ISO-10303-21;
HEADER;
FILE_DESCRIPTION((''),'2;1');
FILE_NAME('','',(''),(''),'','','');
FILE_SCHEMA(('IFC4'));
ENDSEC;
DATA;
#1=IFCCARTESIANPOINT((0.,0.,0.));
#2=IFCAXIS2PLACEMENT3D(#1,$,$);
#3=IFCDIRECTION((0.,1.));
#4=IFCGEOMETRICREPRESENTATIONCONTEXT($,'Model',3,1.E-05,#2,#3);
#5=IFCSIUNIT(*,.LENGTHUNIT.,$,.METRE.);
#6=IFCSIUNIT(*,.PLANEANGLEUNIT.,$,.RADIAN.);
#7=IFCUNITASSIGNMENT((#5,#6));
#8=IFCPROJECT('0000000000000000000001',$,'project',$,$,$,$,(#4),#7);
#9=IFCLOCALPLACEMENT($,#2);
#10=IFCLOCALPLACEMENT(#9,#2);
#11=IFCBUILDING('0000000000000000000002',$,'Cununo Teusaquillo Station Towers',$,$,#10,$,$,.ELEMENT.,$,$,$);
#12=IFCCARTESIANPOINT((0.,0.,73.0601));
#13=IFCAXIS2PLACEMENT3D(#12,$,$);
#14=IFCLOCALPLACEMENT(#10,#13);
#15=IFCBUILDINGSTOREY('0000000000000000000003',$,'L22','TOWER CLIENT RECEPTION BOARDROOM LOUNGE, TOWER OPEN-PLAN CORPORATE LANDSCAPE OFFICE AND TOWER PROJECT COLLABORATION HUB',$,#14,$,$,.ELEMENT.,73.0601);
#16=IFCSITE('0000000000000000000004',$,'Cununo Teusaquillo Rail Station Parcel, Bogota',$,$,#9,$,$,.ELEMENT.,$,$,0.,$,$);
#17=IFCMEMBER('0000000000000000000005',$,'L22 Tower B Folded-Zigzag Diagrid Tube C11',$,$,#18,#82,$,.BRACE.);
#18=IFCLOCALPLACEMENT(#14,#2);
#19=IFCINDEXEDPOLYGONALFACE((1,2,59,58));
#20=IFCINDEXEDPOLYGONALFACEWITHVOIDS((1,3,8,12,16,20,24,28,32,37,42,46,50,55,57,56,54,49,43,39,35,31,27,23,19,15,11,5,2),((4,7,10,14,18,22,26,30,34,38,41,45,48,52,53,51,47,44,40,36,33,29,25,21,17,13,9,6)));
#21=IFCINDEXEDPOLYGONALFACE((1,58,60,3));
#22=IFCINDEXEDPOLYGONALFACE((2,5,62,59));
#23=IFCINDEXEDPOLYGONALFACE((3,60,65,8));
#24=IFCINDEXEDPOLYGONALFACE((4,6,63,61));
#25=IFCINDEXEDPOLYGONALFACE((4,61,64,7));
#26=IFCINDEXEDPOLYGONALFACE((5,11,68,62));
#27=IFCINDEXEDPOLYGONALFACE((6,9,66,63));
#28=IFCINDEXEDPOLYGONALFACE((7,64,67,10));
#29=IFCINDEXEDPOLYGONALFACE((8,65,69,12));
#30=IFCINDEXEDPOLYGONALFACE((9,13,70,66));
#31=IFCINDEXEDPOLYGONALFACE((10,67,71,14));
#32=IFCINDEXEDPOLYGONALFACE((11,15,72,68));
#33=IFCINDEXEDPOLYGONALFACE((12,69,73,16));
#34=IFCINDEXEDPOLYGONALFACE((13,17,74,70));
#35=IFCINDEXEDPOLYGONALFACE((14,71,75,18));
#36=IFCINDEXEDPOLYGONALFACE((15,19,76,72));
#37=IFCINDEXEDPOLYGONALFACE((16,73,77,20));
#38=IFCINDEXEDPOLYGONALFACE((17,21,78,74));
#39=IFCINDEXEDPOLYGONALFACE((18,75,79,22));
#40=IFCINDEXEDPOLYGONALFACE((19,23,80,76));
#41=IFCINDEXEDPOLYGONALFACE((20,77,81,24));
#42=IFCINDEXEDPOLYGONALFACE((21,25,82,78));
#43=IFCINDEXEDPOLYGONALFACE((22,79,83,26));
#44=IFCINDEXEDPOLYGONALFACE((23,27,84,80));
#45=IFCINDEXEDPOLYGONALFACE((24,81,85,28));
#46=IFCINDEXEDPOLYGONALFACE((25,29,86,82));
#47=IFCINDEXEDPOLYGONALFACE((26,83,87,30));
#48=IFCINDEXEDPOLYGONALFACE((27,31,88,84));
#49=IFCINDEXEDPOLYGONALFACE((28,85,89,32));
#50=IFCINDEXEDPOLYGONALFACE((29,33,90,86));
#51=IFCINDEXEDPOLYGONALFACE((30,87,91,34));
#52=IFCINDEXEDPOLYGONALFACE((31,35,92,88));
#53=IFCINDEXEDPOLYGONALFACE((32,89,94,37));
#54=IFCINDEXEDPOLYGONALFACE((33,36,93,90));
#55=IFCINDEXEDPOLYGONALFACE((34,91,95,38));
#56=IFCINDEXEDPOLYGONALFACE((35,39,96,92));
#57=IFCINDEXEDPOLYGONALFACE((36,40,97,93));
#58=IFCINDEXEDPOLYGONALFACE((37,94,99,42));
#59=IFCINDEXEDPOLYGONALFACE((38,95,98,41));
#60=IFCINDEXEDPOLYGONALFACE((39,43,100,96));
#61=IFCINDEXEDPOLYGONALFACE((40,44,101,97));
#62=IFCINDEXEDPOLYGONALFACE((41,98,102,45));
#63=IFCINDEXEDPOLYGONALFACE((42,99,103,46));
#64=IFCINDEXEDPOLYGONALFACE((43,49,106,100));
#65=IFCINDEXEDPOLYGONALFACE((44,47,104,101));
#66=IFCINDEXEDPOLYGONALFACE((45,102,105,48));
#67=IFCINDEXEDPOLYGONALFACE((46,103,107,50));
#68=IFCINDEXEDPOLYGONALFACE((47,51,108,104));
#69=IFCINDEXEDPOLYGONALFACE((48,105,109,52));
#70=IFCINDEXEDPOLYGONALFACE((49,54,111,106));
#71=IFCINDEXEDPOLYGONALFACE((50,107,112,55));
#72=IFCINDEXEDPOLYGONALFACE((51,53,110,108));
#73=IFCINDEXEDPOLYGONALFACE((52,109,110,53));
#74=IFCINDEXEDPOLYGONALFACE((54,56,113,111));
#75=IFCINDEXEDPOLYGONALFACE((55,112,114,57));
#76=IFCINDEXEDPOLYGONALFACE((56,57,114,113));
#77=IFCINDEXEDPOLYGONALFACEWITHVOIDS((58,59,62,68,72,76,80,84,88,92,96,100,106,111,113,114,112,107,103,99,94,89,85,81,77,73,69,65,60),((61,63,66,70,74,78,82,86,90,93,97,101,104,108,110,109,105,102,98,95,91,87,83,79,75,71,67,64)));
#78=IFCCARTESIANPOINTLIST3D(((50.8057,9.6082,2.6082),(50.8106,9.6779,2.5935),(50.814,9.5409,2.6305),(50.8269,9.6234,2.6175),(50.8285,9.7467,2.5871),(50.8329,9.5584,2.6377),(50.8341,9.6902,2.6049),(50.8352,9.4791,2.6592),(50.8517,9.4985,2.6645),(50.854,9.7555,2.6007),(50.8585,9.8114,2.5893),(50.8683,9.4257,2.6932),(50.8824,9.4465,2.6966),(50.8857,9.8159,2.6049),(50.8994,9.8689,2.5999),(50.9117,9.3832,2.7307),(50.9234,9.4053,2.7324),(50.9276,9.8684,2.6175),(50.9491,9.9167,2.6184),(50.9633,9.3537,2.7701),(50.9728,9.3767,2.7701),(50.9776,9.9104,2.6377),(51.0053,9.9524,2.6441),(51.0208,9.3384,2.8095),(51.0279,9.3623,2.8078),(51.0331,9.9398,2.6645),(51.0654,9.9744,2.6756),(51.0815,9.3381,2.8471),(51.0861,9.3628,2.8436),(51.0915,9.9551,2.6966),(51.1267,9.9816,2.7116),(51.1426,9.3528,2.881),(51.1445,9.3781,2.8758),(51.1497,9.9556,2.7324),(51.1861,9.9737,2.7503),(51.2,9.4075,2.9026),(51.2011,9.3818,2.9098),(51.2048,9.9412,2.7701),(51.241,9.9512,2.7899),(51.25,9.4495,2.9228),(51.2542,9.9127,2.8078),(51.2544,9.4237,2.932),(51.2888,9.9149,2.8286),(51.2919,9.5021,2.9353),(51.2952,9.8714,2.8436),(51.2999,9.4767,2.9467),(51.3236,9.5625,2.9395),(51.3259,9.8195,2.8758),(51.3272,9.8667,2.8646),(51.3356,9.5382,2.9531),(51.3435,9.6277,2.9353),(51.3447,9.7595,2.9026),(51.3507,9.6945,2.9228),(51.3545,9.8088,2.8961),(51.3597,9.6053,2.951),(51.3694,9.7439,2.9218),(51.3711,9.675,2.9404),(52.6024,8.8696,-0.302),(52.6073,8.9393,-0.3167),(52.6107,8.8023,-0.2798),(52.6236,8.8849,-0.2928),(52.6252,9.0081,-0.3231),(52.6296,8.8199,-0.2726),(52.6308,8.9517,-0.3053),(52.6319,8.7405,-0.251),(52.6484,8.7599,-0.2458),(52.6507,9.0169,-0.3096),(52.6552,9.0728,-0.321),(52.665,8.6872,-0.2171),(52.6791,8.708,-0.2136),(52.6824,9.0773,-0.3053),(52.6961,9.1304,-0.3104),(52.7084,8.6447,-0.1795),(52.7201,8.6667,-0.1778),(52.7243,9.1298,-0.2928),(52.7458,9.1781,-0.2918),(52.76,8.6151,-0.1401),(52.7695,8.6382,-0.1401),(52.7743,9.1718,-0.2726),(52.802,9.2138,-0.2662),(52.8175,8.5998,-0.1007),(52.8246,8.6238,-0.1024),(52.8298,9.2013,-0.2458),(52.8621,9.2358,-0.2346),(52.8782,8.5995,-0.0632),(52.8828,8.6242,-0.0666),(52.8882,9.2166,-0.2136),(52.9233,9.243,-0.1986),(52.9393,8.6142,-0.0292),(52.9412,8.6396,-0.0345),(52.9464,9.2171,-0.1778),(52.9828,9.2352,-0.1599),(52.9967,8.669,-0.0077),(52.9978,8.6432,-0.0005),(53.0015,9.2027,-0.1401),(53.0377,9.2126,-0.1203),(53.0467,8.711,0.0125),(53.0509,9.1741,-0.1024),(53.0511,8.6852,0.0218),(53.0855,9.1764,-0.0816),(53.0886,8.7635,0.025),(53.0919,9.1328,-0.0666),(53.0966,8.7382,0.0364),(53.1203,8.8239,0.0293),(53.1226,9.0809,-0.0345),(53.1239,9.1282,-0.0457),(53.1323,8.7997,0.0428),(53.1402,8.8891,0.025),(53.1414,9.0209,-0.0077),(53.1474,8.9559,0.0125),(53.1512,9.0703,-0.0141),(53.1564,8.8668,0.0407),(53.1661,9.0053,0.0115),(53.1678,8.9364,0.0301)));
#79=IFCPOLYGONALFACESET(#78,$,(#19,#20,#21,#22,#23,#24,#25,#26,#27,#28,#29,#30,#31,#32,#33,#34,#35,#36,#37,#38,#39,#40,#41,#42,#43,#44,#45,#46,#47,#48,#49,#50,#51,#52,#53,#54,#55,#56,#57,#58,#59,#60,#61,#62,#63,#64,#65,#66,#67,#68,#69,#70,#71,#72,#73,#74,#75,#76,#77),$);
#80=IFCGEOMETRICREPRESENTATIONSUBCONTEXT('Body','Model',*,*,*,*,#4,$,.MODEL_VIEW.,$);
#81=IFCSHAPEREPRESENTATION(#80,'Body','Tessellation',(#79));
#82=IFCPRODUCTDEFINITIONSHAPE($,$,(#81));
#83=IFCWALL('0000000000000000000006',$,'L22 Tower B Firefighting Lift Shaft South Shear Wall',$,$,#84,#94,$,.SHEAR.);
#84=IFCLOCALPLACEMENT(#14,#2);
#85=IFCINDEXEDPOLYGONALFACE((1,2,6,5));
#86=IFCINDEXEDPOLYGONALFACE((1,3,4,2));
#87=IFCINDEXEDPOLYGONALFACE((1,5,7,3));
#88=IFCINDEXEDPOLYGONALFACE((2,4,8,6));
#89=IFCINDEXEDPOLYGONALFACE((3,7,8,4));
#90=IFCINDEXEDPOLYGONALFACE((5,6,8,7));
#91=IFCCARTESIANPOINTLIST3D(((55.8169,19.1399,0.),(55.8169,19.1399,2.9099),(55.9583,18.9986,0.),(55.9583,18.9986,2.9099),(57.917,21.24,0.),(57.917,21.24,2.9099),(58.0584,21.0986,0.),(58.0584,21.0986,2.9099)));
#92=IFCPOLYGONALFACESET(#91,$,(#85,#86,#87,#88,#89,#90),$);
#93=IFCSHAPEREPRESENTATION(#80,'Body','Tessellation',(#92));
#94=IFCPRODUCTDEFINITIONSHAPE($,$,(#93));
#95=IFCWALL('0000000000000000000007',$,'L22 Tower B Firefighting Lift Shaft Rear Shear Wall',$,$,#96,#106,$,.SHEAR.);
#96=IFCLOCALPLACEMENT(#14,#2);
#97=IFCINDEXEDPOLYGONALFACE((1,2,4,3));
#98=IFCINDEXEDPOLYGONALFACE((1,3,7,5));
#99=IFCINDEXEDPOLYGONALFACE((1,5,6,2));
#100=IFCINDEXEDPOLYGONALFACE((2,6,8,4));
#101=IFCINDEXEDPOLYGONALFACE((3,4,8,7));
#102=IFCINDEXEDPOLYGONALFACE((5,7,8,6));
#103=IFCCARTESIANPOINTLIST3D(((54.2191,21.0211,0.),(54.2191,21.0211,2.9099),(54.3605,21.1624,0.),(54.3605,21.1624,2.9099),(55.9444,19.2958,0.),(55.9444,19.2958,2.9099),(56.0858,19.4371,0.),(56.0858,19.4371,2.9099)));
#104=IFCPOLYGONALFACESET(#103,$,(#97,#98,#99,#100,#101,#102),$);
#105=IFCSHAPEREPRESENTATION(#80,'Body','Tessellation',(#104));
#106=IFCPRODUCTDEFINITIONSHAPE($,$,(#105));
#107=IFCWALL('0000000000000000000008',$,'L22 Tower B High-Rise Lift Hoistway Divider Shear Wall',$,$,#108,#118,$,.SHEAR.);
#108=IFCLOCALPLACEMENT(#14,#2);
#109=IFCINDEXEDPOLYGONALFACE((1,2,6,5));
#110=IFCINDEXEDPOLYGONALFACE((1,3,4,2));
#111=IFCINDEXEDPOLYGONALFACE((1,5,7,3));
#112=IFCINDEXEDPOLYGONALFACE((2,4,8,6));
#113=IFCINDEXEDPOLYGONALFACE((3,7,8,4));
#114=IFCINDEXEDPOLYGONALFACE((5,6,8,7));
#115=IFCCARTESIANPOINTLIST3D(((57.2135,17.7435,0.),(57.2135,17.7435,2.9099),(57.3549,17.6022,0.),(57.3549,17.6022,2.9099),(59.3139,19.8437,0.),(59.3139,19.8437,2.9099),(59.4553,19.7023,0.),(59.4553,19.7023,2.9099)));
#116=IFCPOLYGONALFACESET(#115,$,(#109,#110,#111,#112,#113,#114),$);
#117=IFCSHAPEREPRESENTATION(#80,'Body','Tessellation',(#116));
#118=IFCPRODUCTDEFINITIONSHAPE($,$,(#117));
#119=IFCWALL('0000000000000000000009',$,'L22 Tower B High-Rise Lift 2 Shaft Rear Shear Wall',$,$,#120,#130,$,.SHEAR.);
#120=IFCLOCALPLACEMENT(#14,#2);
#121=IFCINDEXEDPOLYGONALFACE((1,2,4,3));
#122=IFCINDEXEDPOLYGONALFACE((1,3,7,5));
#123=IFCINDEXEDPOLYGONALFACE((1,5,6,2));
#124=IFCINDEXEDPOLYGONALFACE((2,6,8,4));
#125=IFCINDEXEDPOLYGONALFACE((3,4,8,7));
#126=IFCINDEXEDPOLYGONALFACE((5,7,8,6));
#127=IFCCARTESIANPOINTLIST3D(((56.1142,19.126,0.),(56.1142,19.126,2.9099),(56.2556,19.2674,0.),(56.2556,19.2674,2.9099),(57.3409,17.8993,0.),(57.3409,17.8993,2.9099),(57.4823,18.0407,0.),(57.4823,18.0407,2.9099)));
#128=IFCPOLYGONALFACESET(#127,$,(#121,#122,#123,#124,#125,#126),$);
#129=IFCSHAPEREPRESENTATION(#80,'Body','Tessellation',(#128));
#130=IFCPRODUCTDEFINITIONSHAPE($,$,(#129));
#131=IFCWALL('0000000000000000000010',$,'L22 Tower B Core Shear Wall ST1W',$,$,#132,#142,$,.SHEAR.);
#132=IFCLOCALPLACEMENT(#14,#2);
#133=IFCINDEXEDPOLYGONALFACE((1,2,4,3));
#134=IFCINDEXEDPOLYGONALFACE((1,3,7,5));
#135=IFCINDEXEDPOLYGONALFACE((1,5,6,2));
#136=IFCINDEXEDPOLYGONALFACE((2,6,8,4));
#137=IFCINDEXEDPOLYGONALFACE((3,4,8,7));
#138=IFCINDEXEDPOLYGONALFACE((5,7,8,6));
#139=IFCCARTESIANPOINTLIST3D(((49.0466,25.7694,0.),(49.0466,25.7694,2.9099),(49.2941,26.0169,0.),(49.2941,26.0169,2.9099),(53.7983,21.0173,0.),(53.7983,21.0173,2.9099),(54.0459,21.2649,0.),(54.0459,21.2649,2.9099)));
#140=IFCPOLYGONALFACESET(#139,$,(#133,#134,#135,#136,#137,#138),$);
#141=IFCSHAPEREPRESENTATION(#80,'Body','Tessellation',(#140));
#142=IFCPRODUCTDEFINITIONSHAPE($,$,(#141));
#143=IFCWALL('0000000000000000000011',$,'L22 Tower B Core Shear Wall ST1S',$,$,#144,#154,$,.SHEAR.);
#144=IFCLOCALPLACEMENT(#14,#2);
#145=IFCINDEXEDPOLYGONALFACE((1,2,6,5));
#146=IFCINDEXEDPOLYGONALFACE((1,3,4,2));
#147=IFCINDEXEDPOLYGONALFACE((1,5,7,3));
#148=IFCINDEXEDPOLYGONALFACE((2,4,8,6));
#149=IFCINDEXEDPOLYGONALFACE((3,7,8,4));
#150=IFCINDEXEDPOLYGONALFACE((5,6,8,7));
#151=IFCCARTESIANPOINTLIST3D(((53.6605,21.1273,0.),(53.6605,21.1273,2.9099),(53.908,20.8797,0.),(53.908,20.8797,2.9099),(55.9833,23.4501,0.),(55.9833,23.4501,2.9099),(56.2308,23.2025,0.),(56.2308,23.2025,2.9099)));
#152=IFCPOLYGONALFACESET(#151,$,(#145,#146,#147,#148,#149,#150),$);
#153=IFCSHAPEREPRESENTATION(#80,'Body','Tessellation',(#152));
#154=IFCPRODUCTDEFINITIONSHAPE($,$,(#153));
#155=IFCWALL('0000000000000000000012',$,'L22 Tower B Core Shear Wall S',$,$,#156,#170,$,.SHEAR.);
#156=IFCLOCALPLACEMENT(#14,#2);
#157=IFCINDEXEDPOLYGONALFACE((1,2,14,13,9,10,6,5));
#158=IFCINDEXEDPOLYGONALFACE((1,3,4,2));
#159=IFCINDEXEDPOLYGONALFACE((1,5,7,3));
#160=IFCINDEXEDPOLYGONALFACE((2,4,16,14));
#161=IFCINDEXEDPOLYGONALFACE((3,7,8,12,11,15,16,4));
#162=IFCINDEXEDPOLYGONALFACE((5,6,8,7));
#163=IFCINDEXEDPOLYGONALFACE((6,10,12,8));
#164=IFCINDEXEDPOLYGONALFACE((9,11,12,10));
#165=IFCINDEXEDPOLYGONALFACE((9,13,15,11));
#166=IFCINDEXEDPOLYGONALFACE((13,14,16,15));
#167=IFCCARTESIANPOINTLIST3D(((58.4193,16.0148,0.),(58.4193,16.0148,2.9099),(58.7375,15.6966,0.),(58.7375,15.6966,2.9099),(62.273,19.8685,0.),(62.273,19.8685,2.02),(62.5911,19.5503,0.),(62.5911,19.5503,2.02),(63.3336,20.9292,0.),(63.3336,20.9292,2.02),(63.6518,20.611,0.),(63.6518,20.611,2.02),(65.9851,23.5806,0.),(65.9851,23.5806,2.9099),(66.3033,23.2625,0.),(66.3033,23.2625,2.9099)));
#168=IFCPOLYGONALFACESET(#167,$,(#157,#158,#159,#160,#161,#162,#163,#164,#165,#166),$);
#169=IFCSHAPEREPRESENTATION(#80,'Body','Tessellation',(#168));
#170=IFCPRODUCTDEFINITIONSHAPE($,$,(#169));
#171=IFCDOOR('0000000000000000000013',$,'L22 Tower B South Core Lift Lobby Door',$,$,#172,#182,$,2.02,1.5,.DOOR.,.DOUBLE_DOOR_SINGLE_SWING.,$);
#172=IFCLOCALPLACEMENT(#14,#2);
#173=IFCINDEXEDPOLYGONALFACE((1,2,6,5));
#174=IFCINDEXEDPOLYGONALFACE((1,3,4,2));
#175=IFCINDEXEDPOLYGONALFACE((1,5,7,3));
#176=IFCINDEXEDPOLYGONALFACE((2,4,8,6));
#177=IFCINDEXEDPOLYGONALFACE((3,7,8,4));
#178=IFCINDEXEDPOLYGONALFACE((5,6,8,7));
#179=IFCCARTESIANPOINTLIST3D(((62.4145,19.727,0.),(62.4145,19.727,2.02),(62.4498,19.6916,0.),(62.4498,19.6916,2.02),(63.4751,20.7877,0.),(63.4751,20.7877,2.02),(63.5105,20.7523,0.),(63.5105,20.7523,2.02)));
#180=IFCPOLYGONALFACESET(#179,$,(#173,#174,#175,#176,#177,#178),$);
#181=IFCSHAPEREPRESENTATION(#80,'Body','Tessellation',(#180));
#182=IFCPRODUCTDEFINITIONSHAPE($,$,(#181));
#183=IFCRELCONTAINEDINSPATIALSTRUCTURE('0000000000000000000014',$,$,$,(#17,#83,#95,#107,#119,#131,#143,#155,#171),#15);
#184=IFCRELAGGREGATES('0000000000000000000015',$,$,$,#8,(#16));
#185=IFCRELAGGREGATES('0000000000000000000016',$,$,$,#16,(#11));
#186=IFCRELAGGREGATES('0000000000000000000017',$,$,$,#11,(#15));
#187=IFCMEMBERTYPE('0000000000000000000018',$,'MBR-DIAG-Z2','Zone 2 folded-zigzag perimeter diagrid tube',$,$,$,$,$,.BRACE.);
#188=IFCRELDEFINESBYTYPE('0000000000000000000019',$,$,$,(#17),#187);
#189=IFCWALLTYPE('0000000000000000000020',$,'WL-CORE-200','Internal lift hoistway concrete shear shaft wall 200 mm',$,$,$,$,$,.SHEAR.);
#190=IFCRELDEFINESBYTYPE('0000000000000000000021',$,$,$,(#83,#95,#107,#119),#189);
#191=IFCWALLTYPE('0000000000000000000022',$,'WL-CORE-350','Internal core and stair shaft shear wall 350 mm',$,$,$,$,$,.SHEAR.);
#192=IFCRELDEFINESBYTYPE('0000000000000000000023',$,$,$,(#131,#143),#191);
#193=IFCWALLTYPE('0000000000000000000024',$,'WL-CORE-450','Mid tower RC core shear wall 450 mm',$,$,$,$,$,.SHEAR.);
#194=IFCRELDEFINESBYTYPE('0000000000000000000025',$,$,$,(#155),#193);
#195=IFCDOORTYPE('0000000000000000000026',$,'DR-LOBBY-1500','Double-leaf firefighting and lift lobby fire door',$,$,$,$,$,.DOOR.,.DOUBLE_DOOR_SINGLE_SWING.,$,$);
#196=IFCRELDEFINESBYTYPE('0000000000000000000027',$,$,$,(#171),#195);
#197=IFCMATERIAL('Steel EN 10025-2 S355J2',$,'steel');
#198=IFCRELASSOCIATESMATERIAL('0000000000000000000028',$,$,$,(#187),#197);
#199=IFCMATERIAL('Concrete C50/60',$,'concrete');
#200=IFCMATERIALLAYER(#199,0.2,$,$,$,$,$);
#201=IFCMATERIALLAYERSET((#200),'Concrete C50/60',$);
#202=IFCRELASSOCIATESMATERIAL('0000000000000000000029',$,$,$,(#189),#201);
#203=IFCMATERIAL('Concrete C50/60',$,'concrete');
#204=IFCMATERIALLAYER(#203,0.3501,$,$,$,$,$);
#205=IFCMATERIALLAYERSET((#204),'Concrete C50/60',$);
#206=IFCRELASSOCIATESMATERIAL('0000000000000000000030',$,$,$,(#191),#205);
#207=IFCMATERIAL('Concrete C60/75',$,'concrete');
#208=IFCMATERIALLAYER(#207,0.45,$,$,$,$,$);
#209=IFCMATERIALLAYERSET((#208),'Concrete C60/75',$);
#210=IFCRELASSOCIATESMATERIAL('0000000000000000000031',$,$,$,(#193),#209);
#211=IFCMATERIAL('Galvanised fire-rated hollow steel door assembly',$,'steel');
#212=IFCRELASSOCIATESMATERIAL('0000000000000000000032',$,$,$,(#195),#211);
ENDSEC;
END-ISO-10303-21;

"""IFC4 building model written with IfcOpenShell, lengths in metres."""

from ifc_helpers import new_model, si_unit, direction, frame, frame_2d, origin, origin_2d, place, context, subcontext, project, spatial, rectangle, hollow_circle, extrude, source, transform, mapped, material, layer, layer_set, material_profile, profile_set, type_object, element, fill, save


model = new_model("IFC4")

# Units and contexts
model_context = context("Model", 3, precision=1e-05, world=origin(), true_north=direction((0.0, 1.0)))
body_context = subcontext(model_context, "Body", "Model", "MODEL_VIEW")
ifc_project = project(units=[si_unit("LENGTHUNIT", "METRE"), si_unit("PLANEANGLEUNIT", "RADIAN")], contexts=[model_context])

# Site, building, storey
site_placement = place(None, origin())
site = spatial("IfcSite", under=ifc_project, at=site_placement, Name="Cununo Teusaquillo Rail Station Parcel, Bogota", CompositionType="ELEMENT", RefElevation=0.0)
building_placement = place(site_placement, origin())
building = spatial("IfcBuilding", under=site, at=building_placement, Name="Cununo Teusaquillo Station Towers", CompositionType="ELEMENT")
storey_placement = place(building_placement, frame((0.0, 0.0, 73.0601)))
storey = spatial("IfcBuildingStorey", under=building, at=storey_placement, Name="L22", Description="TOWER CLIENT RECEPTION BOARDROOM LOUNGE, TOWER OPEN-PLAN CORPORATE LANDSCAPE OFFICE AND TOWER PROJECT COLLABORATION HUB", CompositionType="ELEMENT", Elevation=73.0601)

# Member
ifc_material_1 = material(Name="Steel EN 10025-2 S355J2", Category="steel")
ifc_material_profile_1 = material_profile(ifc_material_1, hollow_circle(Radius=0.3301, WallThickness=0.0249, at=origin_2d()), Name="CHS 660x25")
ifc_profile_set_1 = profile_set([ifc_material_profile_1], Name="Steel EN 10025-2 S355J2")
member_type = type_object("IfcMemberType", Name="MBR-DIAG-Z2", Description="Zone 2 folded-zigzag perimeter diagrid tube", PredefinedType="BRACE", material=ifc_profile_set_1)
member_placement = place(storey_placement, frame((52.8855, 8.9204, -0.1401), z_axis=(-0.513484, 0.211074, 0.831734), x_axis=(-0.380193, -0.924907, 0.0)))
element("IfcMember", 1, at=member_placement, inside=storey, type_object=member_type, Name="L22 Tower B Folded-Zigzag Diagrid Tube C11", PredefinedType="BRACE", context=body_context, shape_type="SweptSolid", body=[
    extrude(hollow_circle(Radius=0.3301, WallThickness=0.0249, at=origin_2d()), origin(), (0.0, 0.0, 1.0), 3.499),
])

# Walls
ifc_material_2 = material(Name="Concrete C50/60", Category="concrete")
ifc_layer_1 = layer(ifc_material_2, 0.2)
ifc_layer_set_1 = layer_set([ifc_layer_1], Name="Concrete C50/60")
wall_type_1 = type_object("IfcWallType", Name="WL-CORE-200", Description="Internal lift hoistway concrete shear shaft wall 200 mm", PredefinedType="SHEAR", material=ifc_layer_set_1)
wall_1_placement = place(storey_placement, frame((55.8877, 19.0693, 0.0), z_axis=(0.0, 0.0, 1.0), x_axis=(0.707107, 0.707107, 0.0)))
element("IfcWall", 2, at=wall_1_placement, inside=storey, type_object=wall_type_1, Name="L22 Tower B Firefighting Lift Shaft South Shear Wall", PredefinedType="SHEAR", context=body_context, shape_type="SweptSolid", body=[
    extrude(rectangle(XDim=2.97, YDim=0.2, at=frame_2d((1.4849, 0.0))), origin(), (0.0, 0.0, 1.0), 2.9099),
])
wall_2_placement = place(storey_placement, frame((56.0151, 19.3665, 0.0), z_axis=(0.0, 0.0, 1.0), x_axis=(-0.707107, 0.707107, 0.0)))
element("IfcWall", 3, at=wall_2_placement, inside=storey, type_object=wall_type_1, Name="L22 Tower B Firefighting Lift Shaft Rear Shear Wall", PredefinedType="SHEAR", context=body_context, shape_type="SweptSolid", body=[
    extrude(rectangle(XDim=2.4399, YDim=0.2, at=frame_2d((1.22, 0.0))), origin(), (0.0, 0.0, 1.0), 2.9099),
])
wall_3_placement = place(storey_placement, frame((57.2842, 17.6729, 0.0), z_axis=(0.0, 0.0, 1.0), x_axis=(0.707148, 0.707066, 0.0)))
element("IfcWall", 4, at=wall_3_placement, inside=storey, type_object=wall_type_1, Name="L22 Tower B High-Rise Lift Hoistway Divider Shear Wall", PredefinedType="SHEAR", context=body_context, shape_type="SweptSolid", body=[
    extrude(rectangle(XDim=2.9702, YDim=0.2, at=frame_2d((1.4851, 0.0))), origin(), (0.0, 0.0, 1.0), 2.9099),
])
wall_4_placement = place(storey_placement, frame((57.4116, 17.97, 0.0), z_axis=(0.0, 0.0, 1.0), x_axis=(-0.707107, 0.707107, 0.0)))
element("IfcWall", 5, at=wall_4_placement, inside=storey, type_object=wall_type_1, Name="L22 Tower B High-Rise Lift 2 Shaft Rear Shear Wall", PredefinedType="SHEAR", context=body_context, shape_type="SweptSolid", body=[
    extrude(rectangle(XDim=1.7349, YDim=0.2, at=frame_2d((0.8674, 0.0))), origin(), (0.0, 0.0, 1.0), 2.9099),
])
ifc_material_3 = material(Name="Concrete C50/60", Category="concrete")
ifc_layer_2 = layer(ifc_material_3, 0.3501)
ifc_layer_set_2 = layer_set([ifc_layer_2], Name="Concrete C50/60")
wall_type_2 = type_object("IfcWallType", Name="WL-CORE-350", Description="Internal core and stair shaft shear wall 350 mm", PredefinedType="SHEAR", material=ifc_layer_set_2)
wall_5_placement = place(storey_placement, frame((53.9221, 21.1411, 0.0), z_axis=(0.0, 0.0, 1.0), x_axis=(-0.707089, 0.707125, 0.0)))
element("IfcWall", 6, at=wall_5_placement, inside=storey, type_object=wall_type_2, Name="L22 Tower B Core Shear Wall ST1W", PredefinedType="SHEAR", context=body_context, shape_type="SweptSolid", body=[
    extrude(rectangle(XDim=6.7202, YDim=0.3501, at=frame_2d((3.3601, 0.0))), origin(), (0.0, 0.0, 1.0), 2.9099),
])
wall_6_placement = place(storey_placement, frame((53.7842, 21.0034, 0.0), z_axis=(0.0, 0.0, 1.0), x_axis=(0.707107, 0.707107, 0.0)))
element("IfcWall", 7, at=wall_6_placement, inside=storey, type_object=wall_type_2, Name="L22 Tower B Core Shear Wall ST1S", PredefinedType="SHEAR", context=body_context, shape_type="SweptSolid", body=[
    extrude(rectangle(XDim=3.2849, YDim=0.3501, at=frame_2d((1.6426, 0.0))), origin(), (0.0, 0.0, 1.0), 2.9099),
])

# Wall, opening, door
ifc_material_4 = material(Name="Concrete C60/75", Category="concrete")
ifc_layer_3 = layer(ifc_material_4, 0.45)
ifc_layer_set_3 = layer_set([ifc_layer_3], Name="Concrete C60/75")
wall_type_3 = type_object("IfcWallType", Name="WL-CORE-450", Description="Mid tower RC core shear wall 450 mm", PredefinedType="SHEAR", material=ifc_layer_set_3)
wall_7_placement = place(storey_placement, frame((58.5784, 15.8557, 0.0), z_axis=(0.0, 0.0, 1.0), x_axis=(0.707107, 0.707107, 0.0)))
wall_7 = element("IfcWall", 8, at=wall_7_placement, inside=storey, type_object=wall_type_3, Name="L22 Tower B Core Shear Wall S", PredefinedType="SHEAR", context=body_context, shape_type="SweptSolid", body=[
    extrude(rectangle(XDim=10.6997, YDim=0.45, at=frame_2d((5.3499, 0.0))), origin(), (0.0, 0.0, 1.0), 2.9099),
])
shared_shape_1 = source(origin(), body_context, "Body", "SweptSolid", [
    extrude(rectangle(XDim=1.5, YDim=2.02, at=frame_2d((0.75, 1.01))), frame((0.0, 0.2349, 0.0), z_axis=(0.0, -1.0, 0.0), x_axis=(1.0, 0.0, 0.0)), (0.0, 0.0, 1.0), 0.47),
])
opening_1_placement = place(wall_7_placement, frame((5.45, 0.0, 0.0)))
opening_1 = element("IfcOpeningElement", 9, at=opening_1_placement, cuts=wall_7, PredefinedType="OPENING", context=body_context, shape_type="MappedRepresentation", body=[
    mapped(shared_shape_1, transform((0.0, 0.0, 0.0), x_axis=(1.0, 0.0, 0.0), y_axis=(0.0, 1.0, 0.0), z_axis=(0.0, 0.0, 1.0), scale=1.0)),
])
ifc_material_5 = material(Name="Galvanised fire-rated hollow steel door assembly", Category="steel")
door_type_1 = type_object("IfcDoorType", Name="DR-LOBBY-1500", Description="Double-leaf firefighting and lift lobby fire door", OperationType="DOUBLE_DOOR_SINGLE_SWING", PredefinedType="DOOR", material=ifc_material_5)
shared_shape_2 = source(origin(), body_context, "Body", "SweptSolid", [
    extrude(rectangle(XDim=1.5, YDim=2.02, at=frame_2d((0.75, 1.01))), frame((0.0, 0.0249, 0.0), z_axis=(0.0, -1.0, 0.0), x_axis=(1.0, 0.0, 0.0)), (0.0, 0.0, 1.0), 0.05),
])
door_1_placement = place(opening_1_placement, origin())
door_1 = element("IfcDoor", 10, at=door_1_placement, inside=storey, type_object=door_type_1, Name="L22 Tower B South Core Lift Lobby Door", OperationType="DOUBLE_DOOR_SINGLE_SWING", OverallHeight=2.02, OverallWidth=1.5, PredefinedType="DOOR", context=body_context, shape_type="MappedRepresentation", body=[
    mapped(shared_shape_2, transform((0.0, 0.0, 0.0), x_axis=(1.0, 0.0, 0.0), y_axis=(0.0, 1.0, 0.0), z_axis=(0.0, 0.0, 1.0), scale=1.0)),
])
fill(opening_1, door_1)

save(model, "model.ifc")
